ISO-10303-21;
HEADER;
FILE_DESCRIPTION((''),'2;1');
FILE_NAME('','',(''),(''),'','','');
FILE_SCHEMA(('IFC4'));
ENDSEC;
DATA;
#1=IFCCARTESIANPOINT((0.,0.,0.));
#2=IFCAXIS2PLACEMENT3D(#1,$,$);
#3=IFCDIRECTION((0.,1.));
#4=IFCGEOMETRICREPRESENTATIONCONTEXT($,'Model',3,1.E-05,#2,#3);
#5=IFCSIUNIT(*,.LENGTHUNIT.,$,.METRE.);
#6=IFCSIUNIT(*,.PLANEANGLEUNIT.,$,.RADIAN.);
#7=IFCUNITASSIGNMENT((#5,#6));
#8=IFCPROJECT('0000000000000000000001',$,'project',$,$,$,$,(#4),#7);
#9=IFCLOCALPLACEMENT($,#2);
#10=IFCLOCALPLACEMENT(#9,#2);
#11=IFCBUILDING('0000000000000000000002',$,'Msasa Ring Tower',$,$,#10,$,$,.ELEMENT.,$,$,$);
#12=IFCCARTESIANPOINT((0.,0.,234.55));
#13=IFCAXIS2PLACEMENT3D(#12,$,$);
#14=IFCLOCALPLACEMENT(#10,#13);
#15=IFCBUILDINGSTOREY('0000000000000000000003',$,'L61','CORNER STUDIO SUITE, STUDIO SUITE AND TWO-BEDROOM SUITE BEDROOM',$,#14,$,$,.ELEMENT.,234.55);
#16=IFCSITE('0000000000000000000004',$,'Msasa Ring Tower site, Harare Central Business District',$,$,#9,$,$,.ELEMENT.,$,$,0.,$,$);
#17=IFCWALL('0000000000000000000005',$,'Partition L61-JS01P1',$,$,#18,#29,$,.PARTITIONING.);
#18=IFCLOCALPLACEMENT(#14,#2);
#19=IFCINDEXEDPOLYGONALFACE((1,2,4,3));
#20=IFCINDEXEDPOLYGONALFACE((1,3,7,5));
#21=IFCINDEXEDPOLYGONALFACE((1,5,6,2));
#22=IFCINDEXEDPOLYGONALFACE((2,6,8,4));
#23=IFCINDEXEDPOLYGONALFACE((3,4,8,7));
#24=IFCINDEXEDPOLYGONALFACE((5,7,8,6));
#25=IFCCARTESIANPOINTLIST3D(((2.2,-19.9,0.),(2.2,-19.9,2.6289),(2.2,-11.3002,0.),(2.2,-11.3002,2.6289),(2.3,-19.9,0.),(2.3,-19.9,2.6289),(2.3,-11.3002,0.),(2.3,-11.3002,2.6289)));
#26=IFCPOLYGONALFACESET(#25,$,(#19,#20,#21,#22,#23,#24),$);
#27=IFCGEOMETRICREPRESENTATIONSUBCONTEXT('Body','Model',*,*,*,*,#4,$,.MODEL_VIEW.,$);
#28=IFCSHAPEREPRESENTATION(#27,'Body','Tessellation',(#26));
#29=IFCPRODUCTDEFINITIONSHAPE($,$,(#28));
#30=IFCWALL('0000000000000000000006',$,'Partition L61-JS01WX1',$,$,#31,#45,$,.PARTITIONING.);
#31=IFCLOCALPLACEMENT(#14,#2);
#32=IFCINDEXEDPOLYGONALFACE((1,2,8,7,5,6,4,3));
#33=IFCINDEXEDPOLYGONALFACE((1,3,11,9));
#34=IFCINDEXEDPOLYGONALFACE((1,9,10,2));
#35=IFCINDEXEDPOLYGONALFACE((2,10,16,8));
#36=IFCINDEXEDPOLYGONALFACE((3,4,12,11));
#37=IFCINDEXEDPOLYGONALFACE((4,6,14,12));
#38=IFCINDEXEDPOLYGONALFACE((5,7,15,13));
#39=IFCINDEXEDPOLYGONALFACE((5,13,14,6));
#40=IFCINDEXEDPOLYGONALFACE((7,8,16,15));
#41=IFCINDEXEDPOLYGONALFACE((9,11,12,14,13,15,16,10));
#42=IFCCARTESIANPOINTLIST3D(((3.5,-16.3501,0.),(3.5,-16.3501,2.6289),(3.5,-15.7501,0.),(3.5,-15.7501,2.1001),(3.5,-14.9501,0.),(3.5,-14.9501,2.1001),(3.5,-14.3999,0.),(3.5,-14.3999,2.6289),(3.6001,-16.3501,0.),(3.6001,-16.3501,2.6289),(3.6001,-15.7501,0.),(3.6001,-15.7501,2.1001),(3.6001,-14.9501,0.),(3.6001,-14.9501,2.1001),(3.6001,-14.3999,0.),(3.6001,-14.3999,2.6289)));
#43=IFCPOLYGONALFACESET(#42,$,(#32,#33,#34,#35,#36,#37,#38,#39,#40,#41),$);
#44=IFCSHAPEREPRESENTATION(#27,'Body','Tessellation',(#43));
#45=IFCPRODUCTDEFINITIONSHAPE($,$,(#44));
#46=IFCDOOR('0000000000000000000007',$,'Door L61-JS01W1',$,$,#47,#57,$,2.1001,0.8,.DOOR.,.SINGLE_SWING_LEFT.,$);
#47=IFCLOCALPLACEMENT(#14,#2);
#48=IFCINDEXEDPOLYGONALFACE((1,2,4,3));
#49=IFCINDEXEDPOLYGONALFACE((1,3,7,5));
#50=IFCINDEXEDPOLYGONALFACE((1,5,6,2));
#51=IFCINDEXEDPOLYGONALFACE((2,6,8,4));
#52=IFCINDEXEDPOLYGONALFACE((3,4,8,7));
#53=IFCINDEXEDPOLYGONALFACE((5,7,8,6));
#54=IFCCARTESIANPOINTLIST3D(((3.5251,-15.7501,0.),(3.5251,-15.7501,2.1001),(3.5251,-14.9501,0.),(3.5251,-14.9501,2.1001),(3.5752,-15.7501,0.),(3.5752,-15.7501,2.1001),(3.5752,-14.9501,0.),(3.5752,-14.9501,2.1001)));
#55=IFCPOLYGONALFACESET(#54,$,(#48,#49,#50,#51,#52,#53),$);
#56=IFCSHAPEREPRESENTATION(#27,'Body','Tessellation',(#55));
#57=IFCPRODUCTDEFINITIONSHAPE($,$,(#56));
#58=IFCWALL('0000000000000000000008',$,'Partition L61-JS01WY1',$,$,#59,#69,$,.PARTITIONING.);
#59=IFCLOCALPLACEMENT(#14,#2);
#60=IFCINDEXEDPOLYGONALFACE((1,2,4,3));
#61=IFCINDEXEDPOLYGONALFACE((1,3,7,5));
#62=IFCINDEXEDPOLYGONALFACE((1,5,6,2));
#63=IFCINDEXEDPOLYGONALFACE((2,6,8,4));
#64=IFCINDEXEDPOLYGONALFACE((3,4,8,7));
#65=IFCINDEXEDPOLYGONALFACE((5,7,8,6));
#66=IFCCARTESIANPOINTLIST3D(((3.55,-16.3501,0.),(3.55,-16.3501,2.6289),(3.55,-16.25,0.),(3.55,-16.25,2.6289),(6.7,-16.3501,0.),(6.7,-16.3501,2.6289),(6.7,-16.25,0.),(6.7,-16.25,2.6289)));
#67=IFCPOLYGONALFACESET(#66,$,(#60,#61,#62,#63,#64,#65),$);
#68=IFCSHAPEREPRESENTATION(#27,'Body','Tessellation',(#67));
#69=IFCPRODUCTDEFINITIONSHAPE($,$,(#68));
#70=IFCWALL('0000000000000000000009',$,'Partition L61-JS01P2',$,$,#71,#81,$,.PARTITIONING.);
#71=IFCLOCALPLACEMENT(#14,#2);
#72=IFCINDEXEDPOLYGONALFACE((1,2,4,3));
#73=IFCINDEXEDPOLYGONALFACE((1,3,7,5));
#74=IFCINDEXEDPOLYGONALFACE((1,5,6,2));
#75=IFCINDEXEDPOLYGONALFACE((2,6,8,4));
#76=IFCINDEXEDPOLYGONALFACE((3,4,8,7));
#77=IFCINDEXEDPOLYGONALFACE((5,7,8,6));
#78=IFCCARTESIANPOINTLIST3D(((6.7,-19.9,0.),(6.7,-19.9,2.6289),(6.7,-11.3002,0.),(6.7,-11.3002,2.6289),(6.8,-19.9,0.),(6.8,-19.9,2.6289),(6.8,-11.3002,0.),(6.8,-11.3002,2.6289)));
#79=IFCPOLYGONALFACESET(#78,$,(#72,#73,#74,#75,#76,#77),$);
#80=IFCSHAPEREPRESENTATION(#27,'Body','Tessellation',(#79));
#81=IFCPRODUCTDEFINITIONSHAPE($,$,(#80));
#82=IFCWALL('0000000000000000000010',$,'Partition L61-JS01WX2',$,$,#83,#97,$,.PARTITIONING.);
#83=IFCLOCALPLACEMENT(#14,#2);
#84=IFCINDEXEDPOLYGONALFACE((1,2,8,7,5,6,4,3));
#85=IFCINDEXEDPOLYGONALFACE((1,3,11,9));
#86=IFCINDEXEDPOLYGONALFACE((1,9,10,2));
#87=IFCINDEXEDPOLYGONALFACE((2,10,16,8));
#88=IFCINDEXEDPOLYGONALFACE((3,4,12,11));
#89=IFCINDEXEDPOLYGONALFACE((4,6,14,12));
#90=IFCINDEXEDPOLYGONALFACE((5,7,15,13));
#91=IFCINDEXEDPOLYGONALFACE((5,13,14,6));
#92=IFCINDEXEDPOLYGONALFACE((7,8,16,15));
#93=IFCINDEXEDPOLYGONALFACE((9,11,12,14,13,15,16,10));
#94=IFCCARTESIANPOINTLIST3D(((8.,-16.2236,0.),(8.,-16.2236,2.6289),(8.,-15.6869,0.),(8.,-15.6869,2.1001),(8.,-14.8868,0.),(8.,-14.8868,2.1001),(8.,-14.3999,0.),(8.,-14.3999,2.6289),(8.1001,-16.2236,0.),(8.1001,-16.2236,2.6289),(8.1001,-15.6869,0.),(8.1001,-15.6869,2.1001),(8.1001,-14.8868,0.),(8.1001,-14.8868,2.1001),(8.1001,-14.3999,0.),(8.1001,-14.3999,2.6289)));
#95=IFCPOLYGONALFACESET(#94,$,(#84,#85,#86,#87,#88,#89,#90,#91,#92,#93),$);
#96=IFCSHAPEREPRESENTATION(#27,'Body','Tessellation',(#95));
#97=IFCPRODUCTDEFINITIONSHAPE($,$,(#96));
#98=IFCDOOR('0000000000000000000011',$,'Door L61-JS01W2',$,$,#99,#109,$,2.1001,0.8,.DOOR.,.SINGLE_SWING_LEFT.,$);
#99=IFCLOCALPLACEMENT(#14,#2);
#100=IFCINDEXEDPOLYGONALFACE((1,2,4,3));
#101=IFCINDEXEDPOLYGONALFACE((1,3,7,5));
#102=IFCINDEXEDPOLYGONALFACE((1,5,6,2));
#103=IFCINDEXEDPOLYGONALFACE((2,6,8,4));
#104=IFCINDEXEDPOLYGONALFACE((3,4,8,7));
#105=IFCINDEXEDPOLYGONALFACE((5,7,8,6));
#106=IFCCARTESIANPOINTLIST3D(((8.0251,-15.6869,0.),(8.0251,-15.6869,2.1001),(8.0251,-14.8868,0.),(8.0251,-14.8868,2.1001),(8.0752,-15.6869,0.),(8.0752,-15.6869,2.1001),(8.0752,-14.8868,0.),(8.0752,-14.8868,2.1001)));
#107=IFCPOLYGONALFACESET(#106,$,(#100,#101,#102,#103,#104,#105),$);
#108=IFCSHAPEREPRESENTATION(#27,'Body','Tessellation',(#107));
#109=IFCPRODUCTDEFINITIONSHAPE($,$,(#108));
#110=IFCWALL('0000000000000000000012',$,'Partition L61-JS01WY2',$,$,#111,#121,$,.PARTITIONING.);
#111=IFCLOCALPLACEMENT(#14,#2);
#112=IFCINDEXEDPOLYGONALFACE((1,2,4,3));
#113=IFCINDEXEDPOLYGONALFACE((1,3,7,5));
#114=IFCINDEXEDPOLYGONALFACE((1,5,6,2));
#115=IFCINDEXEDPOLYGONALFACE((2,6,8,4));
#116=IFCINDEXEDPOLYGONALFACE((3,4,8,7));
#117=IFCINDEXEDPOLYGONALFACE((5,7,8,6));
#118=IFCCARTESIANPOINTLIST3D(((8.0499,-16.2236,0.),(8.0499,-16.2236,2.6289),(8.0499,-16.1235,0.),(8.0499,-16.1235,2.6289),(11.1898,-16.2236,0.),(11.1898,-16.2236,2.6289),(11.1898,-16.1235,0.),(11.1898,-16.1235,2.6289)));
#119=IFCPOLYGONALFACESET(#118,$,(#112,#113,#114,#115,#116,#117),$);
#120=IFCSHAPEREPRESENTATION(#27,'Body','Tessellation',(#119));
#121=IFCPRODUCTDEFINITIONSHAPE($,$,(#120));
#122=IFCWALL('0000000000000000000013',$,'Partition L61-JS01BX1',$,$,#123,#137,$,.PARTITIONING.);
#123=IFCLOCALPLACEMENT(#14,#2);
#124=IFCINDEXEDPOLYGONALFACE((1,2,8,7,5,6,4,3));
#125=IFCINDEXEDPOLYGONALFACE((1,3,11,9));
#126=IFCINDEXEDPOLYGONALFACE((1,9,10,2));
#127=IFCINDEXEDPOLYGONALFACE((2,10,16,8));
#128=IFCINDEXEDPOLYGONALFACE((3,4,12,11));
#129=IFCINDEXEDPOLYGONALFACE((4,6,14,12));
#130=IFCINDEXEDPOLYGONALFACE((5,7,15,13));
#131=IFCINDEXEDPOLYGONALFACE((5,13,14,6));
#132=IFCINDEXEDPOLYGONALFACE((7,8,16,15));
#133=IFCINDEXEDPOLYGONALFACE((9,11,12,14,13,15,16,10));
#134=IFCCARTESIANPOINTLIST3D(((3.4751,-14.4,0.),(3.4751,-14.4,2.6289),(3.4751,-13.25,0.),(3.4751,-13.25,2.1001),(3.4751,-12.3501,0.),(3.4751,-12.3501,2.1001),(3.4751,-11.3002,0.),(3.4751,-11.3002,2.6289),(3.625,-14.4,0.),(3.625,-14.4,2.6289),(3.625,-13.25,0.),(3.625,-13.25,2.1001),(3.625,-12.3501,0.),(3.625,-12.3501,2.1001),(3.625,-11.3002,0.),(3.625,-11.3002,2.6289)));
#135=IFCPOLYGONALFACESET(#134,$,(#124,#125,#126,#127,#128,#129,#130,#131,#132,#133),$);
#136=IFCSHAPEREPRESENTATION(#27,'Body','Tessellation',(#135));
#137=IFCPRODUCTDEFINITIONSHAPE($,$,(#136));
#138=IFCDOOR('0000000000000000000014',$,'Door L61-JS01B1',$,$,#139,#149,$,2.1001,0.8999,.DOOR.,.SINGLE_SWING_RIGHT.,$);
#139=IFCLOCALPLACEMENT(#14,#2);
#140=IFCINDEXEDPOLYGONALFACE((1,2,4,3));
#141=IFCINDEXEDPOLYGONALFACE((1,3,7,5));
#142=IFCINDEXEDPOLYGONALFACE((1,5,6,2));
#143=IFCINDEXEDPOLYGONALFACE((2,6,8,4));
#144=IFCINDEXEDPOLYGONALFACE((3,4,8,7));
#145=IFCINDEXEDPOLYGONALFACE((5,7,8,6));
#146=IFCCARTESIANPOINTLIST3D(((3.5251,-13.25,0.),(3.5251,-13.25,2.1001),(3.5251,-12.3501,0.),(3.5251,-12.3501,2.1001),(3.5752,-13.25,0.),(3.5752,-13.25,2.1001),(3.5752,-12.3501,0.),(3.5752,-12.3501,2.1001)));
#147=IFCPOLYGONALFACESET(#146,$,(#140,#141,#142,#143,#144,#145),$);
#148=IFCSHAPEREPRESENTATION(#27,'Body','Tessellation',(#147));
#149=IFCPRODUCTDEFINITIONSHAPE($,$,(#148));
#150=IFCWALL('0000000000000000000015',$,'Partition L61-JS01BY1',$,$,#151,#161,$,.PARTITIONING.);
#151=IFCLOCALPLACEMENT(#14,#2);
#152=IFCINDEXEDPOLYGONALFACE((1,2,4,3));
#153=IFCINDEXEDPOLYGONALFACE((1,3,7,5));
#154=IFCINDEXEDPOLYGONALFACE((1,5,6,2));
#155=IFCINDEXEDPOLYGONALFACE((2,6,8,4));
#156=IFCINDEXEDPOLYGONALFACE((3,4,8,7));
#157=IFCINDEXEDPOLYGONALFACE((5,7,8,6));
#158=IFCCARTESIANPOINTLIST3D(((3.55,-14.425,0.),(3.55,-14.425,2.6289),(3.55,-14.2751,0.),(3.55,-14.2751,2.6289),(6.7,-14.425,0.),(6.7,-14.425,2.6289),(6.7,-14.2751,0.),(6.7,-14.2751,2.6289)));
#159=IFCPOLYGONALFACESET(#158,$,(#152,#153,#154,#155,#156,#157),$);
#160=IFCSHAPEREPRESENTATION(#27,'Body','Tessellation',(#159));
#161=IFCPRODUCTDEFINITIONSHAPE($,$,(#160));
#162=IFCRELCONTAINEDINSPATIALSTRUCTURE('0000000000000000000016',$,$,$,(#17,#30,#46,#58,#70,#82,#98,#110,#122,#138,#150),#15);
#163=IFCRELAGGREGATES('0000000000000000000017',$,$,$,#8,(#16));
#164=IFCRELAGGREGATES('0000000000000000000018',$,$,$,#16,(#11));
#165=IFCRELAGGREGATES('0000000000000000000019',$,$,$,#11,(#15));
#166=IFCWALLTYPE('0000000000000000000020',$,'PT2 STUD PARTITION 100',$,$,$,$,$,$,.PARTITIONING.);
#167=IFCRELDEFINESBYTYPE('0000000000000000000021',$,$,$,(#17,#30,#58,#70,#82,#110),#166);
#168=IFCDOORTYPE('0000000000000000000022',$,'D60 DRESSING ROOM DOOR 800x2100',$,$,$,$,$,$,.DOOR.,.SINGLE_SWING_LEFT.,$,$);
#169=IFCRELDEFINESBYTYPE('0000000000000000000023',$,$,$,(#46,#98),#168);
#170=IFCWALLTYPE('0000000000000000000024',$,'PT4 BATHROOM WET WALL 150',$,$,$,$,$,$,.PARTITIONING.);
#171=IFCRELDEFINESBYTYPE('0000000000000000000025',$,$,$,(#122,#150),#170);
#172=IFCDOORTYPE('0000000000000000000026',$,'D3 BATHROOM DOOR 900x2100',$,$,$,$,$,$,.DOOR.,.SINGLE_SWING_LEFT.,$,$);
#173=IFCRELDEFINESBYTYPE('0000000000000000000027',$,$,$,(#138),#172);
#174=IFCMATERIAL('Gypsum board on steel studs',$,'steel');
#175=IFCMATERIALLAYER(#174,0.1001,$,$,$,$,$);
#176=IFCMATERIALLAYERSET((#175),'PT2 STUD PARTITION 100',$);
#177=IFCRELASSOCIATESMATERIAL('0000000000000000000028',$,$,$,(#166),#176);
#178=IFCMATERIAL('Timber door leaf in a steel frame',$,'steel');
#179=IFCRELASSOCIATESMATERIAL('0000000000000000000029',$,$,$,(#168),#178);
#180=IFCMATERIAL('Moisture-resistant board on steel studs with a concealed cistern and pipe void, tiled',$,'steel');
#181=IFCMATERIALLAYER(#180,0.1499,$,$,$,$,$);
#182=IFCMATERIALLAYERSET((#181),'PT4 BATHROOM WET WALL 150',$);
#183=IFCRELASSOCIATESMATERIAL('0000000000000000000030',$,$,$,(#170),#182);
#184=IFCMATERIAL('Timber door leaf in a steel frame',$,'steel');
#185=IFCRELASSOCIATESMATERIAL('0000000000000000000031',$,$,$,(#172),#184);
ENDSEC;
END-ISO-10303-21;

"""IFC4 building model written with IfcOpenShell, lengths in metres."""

from ifc_helpers import new_model, si_unit, direction, frame, frame_2d, origin, place, context, subcontext, project, spatial, rectangle, extrude, material, layer, layer_set, type_object, element, fill, save


model = new_model("IFC4")

# Units and contexts
model_context = context("Model", 3, precision=1e-05, world=origin(), true_north=direction((0.0, 1.0)))
body_context = subcontext(model_context, "Body", "Model", "MODEL_VIEW")
ifc_project = project(units=[si_unit("LENGTHUNIT", "METRE"), si_unit("PLANEANGLEUNIT", "RADIAN")], contexts=[model_context])

# Site, building, storey
site_placement = place(None, origin())
site = spatial("IfcSite", under=ifc_project, at=site_placement, Name="Msasa Ring Tower site, Harare Central Business District", CompositionType="ELEMENT", RefElevation=0.0)
building_placement = place(site_placement, origin())
building = spatial("IfcBuilding", under=site, at=building_placement, Name="Msasa Ring Tower", CompositionType="ELEMENT")
storey_placement = place(building_placement, frame((0.0, 0.0, 234.55)))
storey = spatial("IfcBuildingStorey", under=building, at=storey_placement, Name="L61", Description="CORNER STUDIO SUITE, STUDIO SUITE AND TWO-BEDROOM SUITE BEDROOM", CompositionType="ELEMENT", Elevation=234.55)

# Wall
ifc_material_1 = material(Name="Gypsum board on steel studs", Category="steel")
ifc_layer_1 = layer(ifc_material_1, 0.1001)
ifc_layer_set_1 = layer_set([ifc_layer_1], Name="PT2 STUD PARTITION 100")
wall_type_1 = type_object("IfcWallType", Name="PT2 STUD PARTITION 100", PredefinedType="PARTITIONING", material=ifc_layer_set_1)
wall_1_placement = place(storey_placement, frame((2.25, -19.8999, 0.0), z_axis=(0.0, 0.0, 1.0), x_axis=(0.0, 1.0, 0.0)))
element("IfcWall", 1, at=wall_1_placement, inside=storey, type_object=wall_type_1, Name="Partition L61-JS01P1", PredefinedType="PARTITIONING", context=body_context, shape_type="SweptSolid", body=[
    extrude(rectangle(XDim=8.5999, YDim=0.1001, at=frame_2d((4.2998, 0.0))), origin(), (0.0, 0.0, 1.0), 2.6289),
])

# Wall, opening, door
wall_2_placement = place(storey_placement, frame((3.55, -16.3501, 0.0), z_axis=(0.0, 0.0, 1.0), x_axis=(0.0, 1.0, 0.0)))
wall_2 = element("IfcWall", 2, at=wall_2_placement, inside=storey, type_object=wall_type_1, Name="Partition L61-JS01WX1", PredefinedType="PARTITIONING", context=body_context, shape_type="SweptSolid", body=[
    extrude(rectangle(XDim=1.9502, YDim=0.1001, at=frame_2d((0.9751, 0.0))), origin(), (0.0, 0.0, 1.0), 2.6289),
])
opening_1_placement = place(wall_2_placement, frame((0.6001, 0.0, 0.0)))
opening_1 = element("IfcOpeningElement", 3, at=opening_1_placement, cuts=wall_2, PredefinedType="OPENING", context=body_context, shape_type="SweptSolid", body=[
    extrude(rectangle(XDim=0.8, YDim=2.1001, at=frame_2d((0.3999, 1.05))), frame((0.0, 0.0601, 0.0), z_axis=(0.0, -1.0, 0.0), x_axis=(1.0, 0.0, 0.0)), (0.0, 0.0, 1.0), 0.1201),
])
ifc_material_2 = material(Name="Timber door leaf in a steel frame", Category="steel")
door_type_1 = type_object("IfcDoorType", Name="D60 DRESSING ROOM DOOR 800x2100", OperationType="SINGLE_SWING_LEFT", PredefinedType="DOOR", material=ifc_material_2)
door_1_placement = place(opening_1_placement, origin())
door_1 = element("IfcDoor", 4, at=door_1_placement, inside=storey, type_object=door_type_1, Name="Door L61-JS01W1", OperationType="SINGLE_SWING_LEFT", OverallHeight=2.1001, OverallWidth=0.8, PredefinedType="DOOR", context=body_context, shape_type="SweptSolid", body=[
    extrude(rectangle(XDim=0.8, YDim=2.1001, at=frame_2d((0.3999, 1.05))), frame((0.0, 0.0249, 0.0), z_axis=(0.0, -1.0, 0.0), x_axis=(1.0, 0.0, 0.0)), (0.0, 0.0, 1.0), 0.05),
])
fill(opening_1, door_1)

# Walls
wall_3_placement = place(storey_placement, frame((3.55, -16.3, 0.0), z_axis=(0.0, 0.0, 1.0), x_axis=(1.0, 0.0, 0.0)))
element("IfcWall", 5, at=wall_3_placement, inside=storey, type_object=wall_type_1, Name="Partition L61-JS01WY1", PredefinedType="PARTITIONING", context=body_context, shape_type="SweptSolid", body=[
    extrude(rectangle(XDim=3.1499, YDim=0.1001, at=frame_2d((1.575, 0.0))), origin(), (0.0, 0.0, 1.0), 2.6289),
])
wall_4_placement = place(storey_placement, frame((6.75, -19.8999, 0.0), z_axis=(0.0, 0.0, 1.0), x_axis=(0.0, 1.0, 0.0)))
element("IfcWall", 6, at=wall_4_placement, inside=storey, type_object=wall_type_1, Name="Partition L61-JS01P2", PredefinedType="PARTITIONING", context=body_context, shape_type="SweptSolid", body=[
    extrude(rectangle(XDim=8.5999, YDim=0.1001, at=frame_2d((4.2998, 0.0))), origin(), (0.0, 0.0, 1.0), 2.6289),
])

# Wall, opening, door
wall_5_placement = place(storey_placement, frame((8.05, -16.2236, 0.0), z_axis=(0.0, 0.0, 1.0), x_axis=(0.0, 1.0, 0.0)))
wall_5 = element("IfcWall", 7, at=wall_5_placement, inside=storey, type_object=wall_type_1, Name="Partition L61-JS01WX2", PredefinedType="PARTITIONING", context=body_context, shape_type="SweptSolid", body=[
    extrude(rectangle(XDim=1.8237, YDim=0.1001, at=frame_2d((0.9119, 0.0))), origin(), (0.0, 0.0, 1.0), 2.6289),
])
opening_2_placement = place(wall_5_placement, frame((0.5369, 0.0, 0.0)))
opening_2 = element("IfcOpeningElement", 8, at=opening_2_placement, cuts=wall_5, PredefinedType="OPENING", context=body_context, shape_type="SweptSolid", body=[
    extrude(rectangle(XDim=0.8, YDim=2.1001, at=frame_2d((0.3999, 1.05))), frame((0.0, 0.0601, 0.0), z_axis=(0.0, -1.0, 0.0), x_axis=(1.0, 0.0, 0.0)), (0.0, 0.0, 1.0), 0.1201),
])
door_2_placement = place(opening_2_placement, origin())
door_2 = element("IfcDoor", 9, at=door_2_placement, inside=storey, type_object=door_type_1, Name="Door L61-JS01W2", OperationType="SINGLE_SWING_LEFT", OverallHeight=2.1001, OverallWidth=0.8, PredefinedType="DOOR", context=body_context, shape_type="SweptSolid", body=[
    extrude(rectangle(XDim=0.8, YDim=2.1001, at=frame_2d((0.3999, 1.05))), frame((0.0, 0.0249, 0.0), z_axis=(0.0, -1.0, 0.0), x_axis=(1.0, 0.0, 0.0)), (0.0, 0.0, 1.0), 0.05),
])
fill(opening_2, door_2)

# Wall
wall_6_placement = place(storey_placement, frame((8.05, -16.1736, 0.0), z_axis=(0.0, 0.0, 1.0), x_axis=(1.0, 0.0, 0.0)))
element("IfcWall", 10, at=wall_6_placement, inside=storey, type_object=wall_type_1, Name="Partition L61-JS01WY2", PredefinedType="PARTITIONING", context=body_context, shape_type="SweptSolid", body=[
    extrude(rectangle(XDim=3.1399, YDim=0.1001, at=frame_2d((1.5698, 0.0))), origin(), (0.0, 0.0, 1.0), 2.6289),
])

# Wall, opening, door
ifc_material_3 = material(Name="Moisture-resistant board on steel studs with a concealed cistern and pipe void, tiled", Category="steel")
ifc_layer_2 = layer(ifc_material_3, 0.1499)
ifc_layer_set_2 = layer_set([ifc_layer_2], Name="PT4 BATHROOM WET WALL 150")
wall_type_2 = type_object("IfcWallType", Name="PT4 BATHROOM WET WALL 150", PredefinedType="PARTITIONING", material=ifc_layer_set_2)
wall_7_placement = place(storey_placement, frame((3.55, -14.3999, 0.0), z_axis=(0.0, 0.0, 1.0), x_axis=(0.0, 1.0, 0.0)))
wall_7 = element("IfcWall", 11, at=wall_7_placement, inside=storey, type_object=wall_type_2, Name="Partition L61-JS01BX1", PredefinedType="PARTITIONING", context=body_context, shape_type="SweptSolid", body=[
    extrude(rectangle(XDim=3.0999, YDim=0.1499, at=frame_2d((1.5498, 0.0))), origin(), (0.0, 0.0, 1.0), 2.6289),
])
opening_3_placement = place(wall_7_placement, frame((1.1499, 0.0, 0.0)))
opening_3 = element("IfcOpeningElement", 12, at=opening_3_placement, cuts=wall_7, PredefinedType="OPENING", context=body_context, shape_type="SweptSolid", body=[
    extrude(rectangle(XDim=0.8999, YDim=2.1001, at=frame_2d((0.45, 1.05))), frame((0.0, 0.085, 0.0), z_axis=(0.0, -1.0, 0.0), x_axis=(1.0, 0.0, 0.0)), (0.0, 0.0, 1.0), 0.1699),
])
ifc_material_4 = material(Name="Timber door leaf in a steel frame", Category="steel")
door_type_2 = type_object("IfcDoorType", Name="D3 BATHROOM DOOR 900x2100", OperationType="SINGLE_SWING_LEFT", PredefinedType="DOOR", material=ifc_material_4)
door_3_placement = place(opening_3_placement, origin())
door_3 = element("IfcDoor", 13, at=door_3_placement, inside=storey, type_object=door_type_2, Name="Door L61-JS01B1", OperationType="SINGLE_SWING_RIGHT", OverallHeight=2.1001, OverallWidth=0.8999, PredefinedType="DOOR", context=body_context, shape_type="SweptSolid", body=[
    extrude(rectangle(XDim=0.8999, YDim=2.1001, at=frame_2d((0.45, 1.05))), frame((0.0, 0.0249, 0.0), z_axis=(0.0, -1.0, 0.0), x_axis=(1.0, 0.0, 0.0)), (0.0, 0.0, 1.0), 0.05),
])
fill(opening_3, door_3)

# Wall
wall_8_placement = place(storey_placement, frame((3.55, -14.3501, 0.0), z_axis=(0.0, 0.0, 1.0), x_axis=(1.0, 0.0, 0.0)))
element("IfcWall", 14, at=wall_8_placement, inside=storey, type_object=wall_type_2, Name="Partition L61-JS01BY1", PredefinedType="PARTITIONING", context=body_context, shape_type="SweptSolid", body=[
    extrude(rectangle(XDim=3.1499, YDim=0.1499, at=frame_2d((1.575, 0.0))), origin(), (0.0, 0.0, 1.0), 2.6289),
])

save(model, "model.ifc")
